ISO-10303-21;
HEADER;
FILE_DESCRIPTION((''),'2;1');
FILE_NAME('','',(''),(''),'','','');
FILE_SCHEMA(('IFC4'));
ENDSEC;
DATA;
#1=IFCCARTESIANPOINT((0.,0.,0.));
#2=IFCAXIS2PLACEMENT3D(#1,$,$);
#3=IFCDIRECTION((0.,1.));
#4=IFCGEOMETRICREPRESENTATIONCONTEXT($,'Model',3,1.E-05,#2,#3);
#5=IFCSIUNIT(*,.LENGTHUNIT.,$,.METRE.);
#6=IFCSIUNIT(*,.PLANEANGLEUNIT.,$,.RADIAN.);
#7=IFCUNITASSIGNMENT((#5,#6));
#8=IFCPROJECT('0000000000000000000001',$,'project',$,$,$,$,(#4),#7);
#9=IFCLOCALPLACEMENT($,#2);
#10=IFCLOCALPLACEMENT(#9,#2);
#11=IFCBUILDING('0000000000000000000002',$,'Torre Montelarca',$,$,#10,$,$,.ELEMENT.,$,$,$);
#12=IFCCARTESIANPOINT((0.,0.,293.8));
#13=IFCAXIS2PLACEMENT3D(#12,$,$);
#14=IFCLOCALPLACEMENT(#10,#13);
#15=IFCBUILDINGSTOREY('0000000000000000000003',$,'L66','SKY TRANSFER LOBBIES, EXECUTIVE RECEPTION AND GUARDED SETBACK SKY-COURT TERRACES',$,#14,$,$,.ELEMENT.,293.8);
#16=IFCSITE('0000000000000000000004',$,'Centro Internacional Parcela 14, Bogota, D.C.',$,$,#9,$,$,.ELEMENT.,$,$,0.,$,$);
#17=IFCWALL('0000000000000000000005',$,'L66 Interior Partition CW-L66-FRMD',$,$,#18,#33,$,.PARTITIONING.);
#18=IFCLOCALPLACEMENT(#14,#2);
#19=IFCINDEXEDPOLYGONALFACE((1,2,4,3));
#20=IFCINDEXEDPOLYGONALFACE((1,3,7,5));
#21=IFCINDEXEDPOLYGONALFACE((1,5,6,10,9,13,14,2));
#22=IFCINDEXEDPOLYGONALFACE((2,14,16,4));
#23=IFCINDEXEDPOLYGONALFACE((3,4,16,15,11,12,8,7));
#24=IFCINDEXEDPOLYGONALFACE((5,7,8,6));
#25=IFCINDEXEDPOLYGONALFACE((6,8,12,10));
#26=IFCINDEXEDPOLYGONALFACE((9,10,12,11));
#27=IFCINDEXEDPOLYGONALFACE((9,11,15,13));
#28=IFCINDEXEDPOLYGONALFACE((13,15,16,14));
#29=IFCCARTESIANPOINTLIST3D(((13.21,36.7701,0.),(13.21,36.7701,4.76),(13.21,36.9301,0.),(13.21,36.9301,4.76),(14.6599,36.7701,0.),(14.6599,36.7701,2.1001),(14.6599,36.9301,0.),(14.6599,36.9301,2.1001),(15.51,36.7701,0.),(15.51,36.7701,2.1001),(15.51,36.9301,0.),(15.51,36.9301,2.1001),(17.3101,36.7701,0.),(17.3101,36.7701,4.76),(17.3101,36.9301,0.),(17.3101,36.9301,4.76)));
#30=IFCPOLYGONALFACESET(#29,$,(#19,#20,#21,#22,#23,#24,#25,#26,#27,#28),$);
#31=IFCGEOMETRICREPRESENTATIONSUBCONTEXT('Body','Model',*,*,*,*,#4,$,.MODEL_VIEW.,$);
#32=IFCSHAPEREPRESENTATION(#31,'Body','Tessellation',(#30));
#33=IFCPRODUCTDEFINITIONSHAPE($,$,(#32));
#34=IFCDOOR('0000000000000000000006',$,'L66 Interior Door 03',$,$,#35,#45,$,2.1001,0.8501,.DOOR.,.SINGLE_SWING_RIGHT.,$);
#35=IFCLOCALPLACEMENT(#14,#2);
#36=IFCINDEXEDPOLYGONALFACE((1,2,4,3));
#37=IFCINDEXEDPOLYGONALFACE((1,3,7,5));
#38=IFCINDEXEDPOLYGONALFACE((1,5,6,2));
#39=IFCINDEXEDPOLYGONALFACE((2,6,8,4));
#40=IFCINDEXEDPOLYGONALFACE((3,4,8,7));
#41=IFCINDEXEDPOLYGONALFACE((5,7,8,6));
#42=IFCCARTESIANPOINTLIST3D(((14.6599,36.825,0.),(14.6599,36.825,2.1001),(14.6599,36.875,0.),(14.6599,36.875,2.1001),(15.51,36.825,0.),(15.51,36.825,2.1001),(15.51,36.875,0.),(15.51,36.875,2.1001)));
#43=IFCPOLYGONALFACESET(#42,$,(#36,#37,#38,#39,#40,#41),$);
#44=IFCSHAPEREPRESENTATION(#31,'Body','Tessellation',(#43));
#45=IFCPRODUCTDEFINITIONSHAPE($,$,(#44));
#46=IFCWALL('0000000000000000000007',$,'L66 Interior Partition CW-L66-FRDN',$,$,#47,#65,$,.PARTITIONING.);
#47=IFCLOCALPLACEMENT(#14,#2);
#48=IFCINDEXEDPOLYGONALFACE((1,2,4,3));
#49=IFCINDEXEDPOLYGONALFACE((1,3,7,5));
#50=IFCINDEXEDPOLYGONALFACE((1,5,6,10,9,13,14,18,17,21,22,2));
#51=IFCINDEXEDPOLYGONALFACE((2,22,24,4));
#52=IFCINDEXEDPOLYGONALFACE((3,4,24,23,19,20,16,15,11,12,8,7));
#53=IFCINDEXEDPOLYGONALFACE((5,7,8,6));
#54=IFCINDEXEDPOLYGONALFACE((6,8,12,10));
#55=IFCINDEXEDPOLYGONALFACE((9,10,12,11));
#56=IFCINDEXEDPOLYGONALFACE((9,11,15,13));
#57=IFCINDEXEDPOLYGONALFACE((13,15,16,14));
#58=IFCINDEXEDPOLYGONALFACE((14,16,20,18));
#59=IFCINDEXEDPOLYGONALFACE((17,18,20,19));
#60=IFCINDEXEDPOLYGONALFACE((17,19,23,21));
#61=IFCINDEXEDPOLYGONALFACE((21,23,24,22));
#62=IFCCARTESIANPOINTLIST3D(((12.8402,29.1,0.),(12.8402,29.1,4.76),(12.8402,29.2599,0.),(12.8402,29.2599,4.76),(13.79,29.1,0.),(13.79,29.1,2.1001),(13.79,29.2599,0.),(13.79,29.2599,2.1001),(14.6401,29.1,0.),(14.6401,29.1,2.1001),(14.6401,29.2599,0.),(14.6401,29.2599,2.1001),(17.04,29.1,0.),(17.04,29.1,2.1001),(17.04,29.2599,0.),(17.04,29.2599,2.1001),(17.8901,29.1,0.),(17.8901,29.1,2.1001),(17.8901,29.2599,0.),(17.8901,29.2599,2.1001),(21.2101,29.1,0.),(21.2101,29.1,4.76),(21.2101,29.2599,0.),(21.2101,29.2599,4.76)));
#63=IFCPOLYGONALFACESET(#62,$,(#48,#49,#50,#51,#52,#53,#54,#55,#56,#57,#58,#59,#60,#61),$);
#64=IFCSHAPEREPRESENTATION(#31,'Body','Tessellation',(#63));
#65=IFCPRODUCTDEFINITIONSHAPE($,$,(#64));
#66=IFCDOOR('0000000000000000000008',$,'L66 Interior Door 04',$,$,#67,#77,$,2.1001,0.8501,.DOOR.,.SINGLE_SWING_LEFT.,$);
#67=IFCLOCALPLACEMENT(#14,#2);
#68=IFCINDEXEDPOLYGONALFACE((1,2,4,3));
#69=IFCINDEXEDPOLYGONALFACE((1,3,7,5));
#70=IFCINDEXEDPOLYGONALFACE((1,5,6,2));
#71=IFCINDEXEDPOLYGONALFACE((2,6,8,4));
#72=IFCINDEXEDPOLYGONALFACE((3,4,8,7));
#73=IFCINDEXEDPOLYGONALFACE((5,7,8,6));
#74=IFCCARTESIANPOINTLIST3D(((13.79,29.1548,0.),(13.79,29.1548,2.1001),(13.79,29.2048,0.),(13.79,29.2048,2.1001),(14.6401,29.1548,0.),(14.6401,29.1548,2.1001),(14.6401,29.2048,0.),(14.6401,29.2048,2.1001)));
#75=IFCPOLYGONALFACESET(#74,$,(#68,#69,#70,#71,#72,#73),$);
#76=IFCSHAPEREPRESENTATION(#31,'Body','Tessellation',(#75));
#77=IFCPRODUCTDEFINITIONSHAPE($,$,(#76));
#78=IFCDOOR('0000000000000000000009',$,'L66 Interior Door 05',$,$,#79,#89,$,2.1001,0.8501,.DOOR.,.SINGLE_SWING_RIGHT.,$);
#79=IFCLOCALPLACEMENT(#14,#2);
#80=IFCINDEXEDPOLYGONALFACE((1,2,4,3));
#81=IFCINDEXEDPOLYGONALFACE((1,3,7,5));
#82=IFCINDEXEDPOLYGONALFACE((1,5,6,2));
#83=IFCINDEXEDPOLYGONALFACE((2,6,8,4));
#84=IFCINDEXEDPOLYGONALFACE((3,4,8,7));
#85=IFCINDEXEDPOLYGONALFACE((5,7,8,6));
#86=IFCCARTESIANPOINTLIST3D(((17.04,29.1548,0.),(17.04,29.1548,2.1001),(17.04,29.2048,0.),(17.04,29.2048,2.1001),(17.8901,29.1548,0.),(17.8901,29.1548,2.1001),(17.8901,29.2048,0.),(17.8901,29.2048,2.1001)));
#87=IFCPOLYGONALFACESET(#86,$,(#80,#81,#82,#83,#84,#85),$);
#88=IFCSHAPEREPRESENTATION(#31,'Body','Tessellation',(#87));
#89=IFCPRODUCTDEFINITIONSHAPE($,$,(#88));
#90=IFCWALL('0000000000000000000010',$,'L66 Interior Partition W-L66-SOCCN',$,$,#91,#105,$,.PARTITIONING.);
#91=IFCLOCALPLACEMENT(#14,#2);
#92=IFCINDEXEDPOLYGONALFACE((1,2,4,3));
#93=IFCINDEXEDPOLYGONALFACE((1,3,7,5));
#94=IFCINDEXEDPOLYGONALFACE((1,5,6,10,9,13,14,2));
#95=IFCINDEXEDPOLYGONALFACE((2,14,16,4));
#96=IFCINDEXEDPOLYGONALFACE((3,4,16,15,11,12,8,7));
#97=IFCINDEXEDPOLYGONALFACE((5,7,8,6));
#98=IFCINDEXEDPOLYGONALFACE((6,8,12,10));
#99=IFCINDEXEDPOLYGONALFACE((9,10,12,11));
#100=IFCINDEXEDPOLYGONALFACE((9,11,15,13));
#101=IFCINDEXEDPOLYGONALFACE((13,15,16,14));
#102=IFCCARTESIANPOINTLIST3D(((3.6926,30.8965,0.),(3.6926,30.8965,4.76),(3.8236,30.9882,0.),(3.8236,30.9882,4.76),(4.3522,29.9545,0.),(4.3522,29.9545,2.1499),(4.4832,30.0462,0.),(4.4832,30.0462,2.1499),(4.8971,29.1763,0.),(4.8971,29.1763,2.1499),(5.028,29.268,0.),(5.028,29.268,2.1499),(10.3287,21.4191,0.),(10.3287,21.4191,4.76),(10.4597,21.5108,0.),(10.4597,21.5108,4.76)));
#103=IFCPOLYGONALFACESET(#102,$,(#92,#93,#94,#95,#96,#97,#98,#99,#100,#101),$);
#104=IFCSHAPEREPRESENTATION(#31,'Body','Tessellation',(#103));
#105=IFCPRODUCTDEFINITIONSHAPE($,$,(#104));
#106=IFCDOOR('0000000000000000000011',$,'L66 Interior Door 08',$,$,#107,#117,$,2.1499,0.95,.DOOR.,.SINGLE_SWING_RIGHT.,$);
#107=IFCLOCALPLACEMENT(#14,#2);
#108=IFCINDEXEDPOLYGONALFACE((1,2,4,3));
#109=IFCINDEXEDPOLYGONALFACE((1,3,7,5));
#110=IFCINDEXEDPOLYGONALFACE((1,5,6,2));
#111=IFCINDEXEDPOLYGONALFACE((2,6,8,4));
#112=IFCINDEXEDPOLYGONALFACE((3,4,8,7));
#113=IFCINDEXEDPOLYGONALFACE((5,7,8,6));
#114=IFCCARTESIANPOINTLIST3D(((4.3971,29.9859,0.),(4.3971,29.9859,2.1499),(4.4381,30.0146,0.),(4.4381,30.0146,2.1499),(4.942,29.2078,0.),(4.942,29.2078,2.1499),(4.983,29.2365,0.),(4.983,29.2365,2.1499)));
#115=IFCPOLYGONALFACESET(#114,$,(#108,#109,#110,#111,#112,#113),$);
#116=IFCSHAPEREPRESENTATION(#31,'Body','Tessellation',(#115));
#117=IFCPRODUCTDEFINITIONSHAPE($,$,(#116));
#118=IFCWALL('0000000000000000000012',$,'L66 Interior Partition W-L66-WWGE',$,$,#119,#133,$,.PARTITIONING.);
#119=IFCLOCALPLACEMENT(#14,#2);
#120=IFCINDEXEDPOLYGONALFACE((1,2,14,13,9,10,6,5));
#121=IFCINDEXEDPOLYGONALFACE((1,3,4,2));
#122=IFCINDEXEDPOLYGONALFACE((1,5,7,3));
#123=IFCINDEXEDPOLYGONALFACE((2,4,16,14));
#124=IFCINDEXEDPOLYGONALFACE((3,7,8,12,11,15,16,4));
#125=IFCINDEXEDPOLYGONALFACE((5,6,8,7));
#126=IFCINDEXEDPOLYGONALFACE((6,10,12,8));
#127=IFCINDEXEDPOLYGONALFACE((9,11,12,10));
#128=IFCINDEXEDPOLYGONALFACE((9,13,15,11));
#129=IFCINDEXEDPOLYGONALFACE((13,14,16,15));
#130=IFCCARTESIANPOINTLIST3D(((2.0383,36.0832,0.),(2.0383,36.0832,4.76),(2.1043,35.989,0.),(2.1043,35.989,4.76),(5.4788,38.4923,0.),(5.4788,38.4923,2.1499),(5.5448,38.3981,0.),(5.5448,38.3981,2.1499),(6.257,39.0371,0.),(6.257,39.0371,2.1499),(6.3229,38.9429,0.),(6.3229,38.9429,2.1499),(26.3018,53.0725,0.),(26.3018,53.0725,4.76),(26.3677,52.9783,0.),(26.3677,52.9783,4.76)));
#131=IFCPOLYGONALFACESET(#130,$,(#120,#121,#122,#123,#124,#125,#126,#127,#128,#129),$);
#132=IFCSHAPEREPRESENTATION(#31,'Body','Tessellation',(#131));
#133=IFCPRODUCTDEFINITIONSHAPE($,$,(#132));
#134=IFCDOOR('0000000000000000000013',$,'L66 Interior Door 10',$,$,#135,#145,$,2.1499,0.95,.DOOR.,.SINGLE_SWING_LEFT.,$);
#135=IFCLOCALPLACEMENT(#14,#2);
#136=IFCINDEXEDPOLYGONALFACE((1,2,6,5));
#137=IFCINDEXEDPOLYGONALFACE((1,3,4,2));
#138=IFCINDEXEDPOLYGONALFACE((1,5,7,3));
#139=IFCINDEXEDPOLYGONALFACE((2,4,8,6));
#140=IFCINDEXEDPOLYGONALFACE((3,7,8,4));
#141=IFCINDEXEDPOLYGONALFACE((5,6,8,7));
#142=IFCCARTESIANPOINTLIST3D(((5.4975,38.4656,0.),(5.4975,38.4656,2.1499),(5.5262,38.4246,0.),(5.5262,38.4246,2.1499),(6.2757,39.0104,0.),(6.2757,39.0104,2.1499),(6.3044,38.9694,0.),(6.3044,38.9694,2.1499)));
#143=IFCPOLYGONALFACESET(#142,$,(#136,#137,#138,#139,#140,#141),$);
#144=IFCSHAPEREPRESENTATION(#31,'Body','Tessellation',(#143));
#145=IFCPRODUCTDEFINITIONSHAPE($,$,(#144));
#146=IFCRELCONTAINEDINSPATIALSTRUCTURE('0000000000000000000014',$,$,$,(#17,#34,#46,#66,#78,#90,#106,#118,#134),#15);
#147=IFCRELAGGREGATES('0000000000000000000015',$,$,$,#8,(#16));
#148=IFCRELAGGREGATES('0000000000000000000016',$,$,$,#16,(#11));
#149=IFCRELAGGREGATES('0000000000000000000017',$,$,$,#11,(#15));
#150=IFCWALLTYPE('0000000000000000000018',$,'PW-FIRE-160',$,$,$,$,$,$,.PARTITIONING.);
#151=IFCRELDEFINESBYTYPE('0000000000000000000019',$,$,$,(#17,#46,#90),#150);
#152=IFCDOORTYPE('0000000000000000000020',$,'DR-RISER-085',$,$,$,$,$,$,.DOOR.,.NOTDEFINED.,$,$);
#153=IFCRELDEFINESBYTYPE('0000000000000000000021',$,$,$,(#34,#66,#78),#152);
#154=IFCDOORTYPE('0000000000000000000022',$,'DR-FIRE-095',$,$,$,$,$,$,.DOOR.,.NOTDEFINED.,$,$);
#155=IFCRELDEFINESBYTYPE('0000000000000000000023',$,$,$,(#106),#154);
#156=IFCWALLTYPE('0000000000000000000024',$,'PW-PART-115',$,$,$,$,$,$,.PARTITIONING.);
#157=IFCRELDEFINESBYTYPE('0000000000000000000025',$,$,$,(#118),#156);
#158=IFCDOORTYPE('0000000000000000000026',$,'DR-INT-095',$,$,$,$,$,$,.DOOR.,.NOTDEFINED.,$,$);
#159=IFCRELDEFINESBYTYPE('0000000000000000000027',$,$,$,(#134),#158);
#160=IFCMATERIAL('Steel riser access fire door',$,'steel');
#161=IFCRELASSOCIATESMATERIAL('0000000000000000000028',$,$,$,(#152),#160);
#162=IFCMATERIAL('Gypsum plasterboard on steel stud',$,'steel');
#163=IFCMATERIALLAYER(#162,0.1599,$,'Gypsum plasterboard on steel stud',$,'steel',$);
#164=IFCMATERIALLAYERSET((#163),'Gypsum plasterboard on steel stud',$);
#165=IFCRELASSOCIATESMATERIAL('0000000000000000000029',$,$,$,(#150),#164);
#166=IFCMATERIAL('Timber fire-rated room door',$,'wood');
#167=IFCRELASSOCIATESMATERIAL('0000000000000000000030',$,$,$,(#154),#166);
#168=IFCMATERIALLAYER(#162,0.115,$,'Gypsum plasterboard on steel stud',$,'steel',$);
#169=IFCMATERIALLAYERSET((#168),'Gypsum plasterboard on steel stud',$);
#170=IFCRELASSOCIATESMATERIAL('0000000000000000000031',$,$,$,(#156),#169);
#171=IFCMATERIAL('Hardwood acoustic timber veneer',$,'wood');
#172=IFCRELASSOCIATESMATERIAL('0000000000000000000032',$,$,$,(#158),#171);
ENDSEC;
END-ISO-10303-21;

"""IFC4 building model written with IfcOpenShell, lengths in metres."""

from ifc_helpers import new_model, si_unit, direction, frame, frame_2d, origin, place, context, subcontext, project, spatial, rectangle, extrude, source, transform, mapped, material, layer, layer_set, type_object, element, fill, save


model = new_model("IFC4")

# Units and contexts
model_context = context("Model", 3, precision=1e-05, world=origin(), true_north=direction((0.0, 1.0)))
body_context = subcontext(model_context, "Body", "Model", "MODEL_VIEW")
ifc_project = project(units=[si_unit("LENGTHUNIT", "METRE"), si_unit("PLANEANGLEUNIT", "RADIAN")], contexts=[model_context])

# Site, building, storey
site_placement = place(None, origin())
site = spatial("IfcSite", under=ifc_project, at=site_placement, Name="Centro Internacional Parcela 14, Bogota, D.C.", CompositionType="ELEMENT", RefElevation=0.0)
building_placement = place(site_placement, origin())
building = spatial("IfcBuilding", under=site, at=building_placement, Name="Torre Montelarca", CompositionType="ELEMENT")
storey_placement = place(building_placement, frame((0.0, 0.0, 293.8)))
storey = spatial("IfcBuildingStorey", under=building, at=storey_placement, Name="L66", Description="SKY TRANSFER LOBBIES, EXECUTIVE RECEPTION AND GUARDED SETBACK SKY-COURT TERRACES", CompositionType="ELEMENT", Elevation=293.8)

# Shared definitions
ifc_material_1 = material(Name="Steel riser access fire door", Category="steel")
door_type_1 = type_object("IfcDoorType", Name="DR-RISER-085", OperationType="NOTDEFINED", PredefinedType="DOOR", material=ifc_material_1)
shared_shape_1 = source(origin(), body_context, "Body", "SweptSolid", [
    extrude(rectangle(XDim=0.8501, YDim=2.1001, at=frame_2d((0.425, 1.05))), frame((0.0, 0.0249, 0.0), z_axis=(0.0, -1.0, 0.0), x_axis=(1.0, 0.0, 0.0)), (0.0, 0.0, 1.0), 0.05),
])

# Shared definitions
ifc_material_2 = material(Name="Gypsum plasterboard on steel stud", Category="steel")
ifc_layer_1 = layer(ifc_material_2, 0.1599, Name="Gypsum plasterboard on steel stud", Category="steel")
ifc_layer_set_1 = layer_set([ifc_layer_1], Name="Gypsum plasterboard on steel stud")
wall_type_1 = type_object("IfcWallType", Name="PW-FIRE-160", PredefinedType="PARTITIONING", material=ifc_layer_set_1)

# Wall, opening, door
wall_1_placement = place(storey_placement, frame((13.21, 36.8501, 0.0), z_axis=(0.0, 0.0, 1.0), x_axis=(1.0, 0.0, 0.0)))
wall_1 = element("IfcWall", 1, at=wall_1_placement, inside=storey, type_object=wall_type_1, Name="L66 Interior Partition CW-L66-FRMD", PredefinedType="PARTITIONING", context=body_context, shape_type="SweptSolid", body=[
    extrude(rectangle(XDim=4.1001, YDim=0.1599, at=frame_2d((2.05, 0.0))), origin(), (0.0, 0.0, 1.0), 4.76),
])
opening_1_placement = place(wall_1_placement, frame((1.45, 0.0, 0.0)))
opening_1 = element("IfcOpeningElement", 2, at=opening_1_placement, cuts=wall_1, PredefinedType="OPENING", context=body_context, shape_type="SweptSolid", body=[
    extrude(rectangle(XDim=0.8501, YDim=2.1001, at=frame_2d((0.425, 1.05))), frame((0.0, 0.0898, 0.0), z_axis=(0.0, -1.0, 0.0), x_axis=(1.0, 0.0, 0.0)), (0.0, 0.0, 1.0), 0.1799),
])
door_1_placement = place(opening_1_placement, origin())
door_1 = element("IfcDoor", 3, at=door_1_placement, inside=storey, type_object=door_type_1, Name="L66 Interior Door 03", OperationType="SINGLE_SWING_RIGHT", OverallHeight=2.1001, OverallWidth=0.8501, PredefinedType="DOOR", context=body_context, shape_type="MappedRepresentation", body=[
    mapped(shared_shape_1, transform((0.0, 0.0, 0.0), scale=1.0)),
])
fill(opening_1, door_1)

# Wall, openings, doors
wall_2_placement = place(storey_placement, frame((12.8401, 29.1799, 0.0), z_axis=(0.0, 0.0, 1.0), x_axis=(1.0, 0.0, 0.0)))
wall_2 = element("IfcWall", 4, at=wall_2_placement, inside=storey, type_object=wall_type_1, Name="L66 Interior Partition CW-L66-FRDN", PredefinedType="PARTITIONING", context=body_context, shape_type="SweptSolid", body=[
    extrude(rectangle(XDim=8.3699, YDim=0.1599, at=frame_2d((4.1851, 0.0))), origin(), (0.0, 0.0, 1.0), 4.76),
])
opening_2_placement = place(wall_2_placement, frame((0.95, 0.0, 0.0)))
opening_2 = element("IfcOpeningElement", 5, at=opening_2_placement, cuts=wall_2, PredefinedType="OPENING", context=body_context, shape_type="SweptSolid", body=[
    extrude(rectangle(XDim=0.8501, YDim=2.1001, at=frame_2d((0.425, 1.05))), frame((0.0, 0.0898, 0.0), z_axis=(0.0, -1.0, 0.0), x_axis=(1.0, 0.0, 0.0)), (0.0, 0.0, 1.0), 0.1799),
])
opening_3_placement = place(wall_2_placement, frame((4.2, 0.0, 0.0)))
opening_3 = element("IfcOpeningElement", 6, at=opening_3_placement, cuts=wall_2, PredefinedType="OPENING", context=body_context, shape_type="SweptSolid", body=[
    extrude(rectangle(XDim=0.8501, YDim=2.1001, at=frame_2d((0.425, 1.05))), frame((0.0, 0.0898, 0.0), z_axis=(0.0, -1.0, 0.0), x_axis=(1.0, 0.0, 0.0)), (0.0, 0.0, 1.0), 0.1799),
])
door_2_placement = place(opening_2_placement, origin())
door_2 = element("IfcDoor", 7, at=door_2_placement, inside=storey, type_object=door_type_1, Name="L66 Interior Door 04", OperationType="SINGLE_SWING_LEFT", OverallHeight=2.1001, OverallWidth=0.8501, PredefinedType="DOOR", context=body_context, shape_type="MappedRepresentation", body=[
    mapped(shared_shape_1, transform((0.0, 0.0, 0.0), scale=1.0)),
])
fill(opening_2, door_2)
door_3_placement = place(opening_3_placement, origin())
door_3 = element("IfcDoor", 8, at=door_3_placement, inside=storey, type_object=door_type_1, Name="L66 Interior Door 05", OperationType="SINGLE_SWING_RIGHT", OverallHeight=2.1001, OverallWidth=0.8501, PredefinedType="DOOR", context=body_context, shape_type="MappedRepresentation", body=[
    mapped(shared_shape_1, transform((0.0, 0.0, 0.0), scale=1.0)),
])
fill(opening_3, door_3)

# Walls, openings, doors
wall_3_placement = place(storey_placement, frame((3.7581, 30.9424, 0.0), z_axis=(0.0, 0.0, 1.0), x_axis=(0.573576, -0.819153, 0.0)))
wall_3 = element("IfcWall", 9, at=wall_3_placement, inside=storey, type_object=wall_type_1, Name="L66 Interior Partition W-L66-SOCCN", PredefinedType="PARTITIONING", context=body_context, shape_type="SweptSolid", body=[
    extrude(rectangle(XDim=11.5698, YDim=0.1599, at=frame_2d((5.7849, 0.0))), origin(), (0.0, 0.0, 1.0), 4.76),
])
opening_4_placement = place(wall_3_placement, frame((1.1499, 0.0, 0.0)))
opening_4 = element("IfcOpeningElement", 10, at=opening_4_placement, cuts=wall_3, PredefinedType="OPENING", context=body_context, shape_type="SweptSolid", body=[
    extrude(rectangle(XDim=0.95, YDim=2.1499, at=frame_2d((0.4751, 1.075))), frame((0.0, 0.0898, 0.0), z_axis=(0.0, -1.0, 0.0), x_axis=(1.0, 0.0, 0.0)), (0.0, 0.0, 1.0), 0.1799),
])
ifc_material_3 = material(Name="Timber fire-rated room door", Category="wood")
door_type_2 = type_object("IfcDoorType", Name="DR-FIRE-095", OperationType="NOTDEFINED", PredefinedType="DOOR", material=ifc_material_3)
shared_shape_2 = source(origin(), body_context, "Body", "SweptSolid", [
    extrude(rectangle(XDim=0.95, YDim=2.1499, at=frame_2d((0.4751, 1.075))), frame((0.0, 0.0249, 0.0), z_axis=(0.0, -1.0, 0.0), x_axis=(1.0, 0.0, 0.0)), (0.0, 0.0, 1.0), 0.05),
])
door_4_placement = place(opening_4_placement, origin())
door_4 = element("IfcDoor", 11, at=door_4_placement, inside=storey, type_object=door_type_2, Name="L66 Interior Door 08", OperationType="SINGLE_SWING_RIGHT", OverallHeight=2.1499, OverallWidth=0.95, PredefinedType="DOOR", context=body_context, shape_type="MappedRepresentation", body=[
    mapped(shared_shape_2, transform((0.0, 0.0, 0.0), scale=1.0)),
])
fill(opening_4, door_4)
ifc_layer_2 = layer(ifc_material_2, 0.115, Name="Gypsum plasterboard on steel stud", Category="steel")
ifc_layer_set_2 = layer_set([ifc_layer_2], Name="Gypsum plasterboard on steel stud")
wall_type_2 = type_object("IfcWallType", Name="PW-PART-115", PredefinedType="PARTITIONING", material=ifc_layer_set_2)
wall_4_placement = place(storey_placement, frame((2.0713, 36.0361, 0.0), z_axis=(0.0, 0.0, 1.0), x_axis=(0.819155, 0.573572, 0.0)))
wall_4 = element("IfcWall", 12, at=wall_4_placement, inside=storey, type_object=wall_type_2, Name="L66 Interior Partition W-L66-WWGE", PredefinedType="PARTITIONING", context=body_context, shape_type="SweptSolid", body=[
    extrude(rectangle(XDim=29.6201, YDim=0.115, at=frame_2d((14.8101, 0.0))), origin(), (0.0, 0.0, 1.0), 4.76),
])
opening_5_placement = place(wall_4_placement, frame((4.2, 0.0, 0.0)))
opening_5 = element("IfcOpeningElement", 13, at=opening_5_placement, cuts=wall_4, PredefinedType="OPENING", context=body_context, shape_type="SweptSolid", body=[
    extrude(rectangle(XDim=0.95, YDim=2.1499, at=frame_2d((0.4751, 1.075))), frame((0.0, 0.0674, 0.0), z_axis=(0.0, -1.0, 0.0), x_axis=(1.0, 0.0, 0.0)), (0.0, 0.0, 1.0), 0.135),
])
ifc_material_4 = material(Name="Hardwood acoustic timber veneer", Category="wood")
door_type_3 = type_object("IfcDoorType", Name="DR-INT-095", OperationType="NOTDEFINED", PredefinedType="DOOR", material=ifc_material_4)
shared_shape_3 = source(origin(), body_context, "Body", "SweptSolid", [
    extrude(rectangle(XDim=0.95, YDim=2.1499, at=frame_2d((0.4751, 1.075))), frame((0.0, 0.0249, 0.0), z_axis=(0.0, -1.0, 0.0), x_axis=(1.0, 0.0, 0.0)), (0.0, 0.0, 1.0), 0.05),
])
door_5_placement = place(opening_5_placement, origin())
door_5 = element("IfcDoor", 14, at=door_5_placement, inside=storey, type_object=door_type_3, Name="L66 Interior Door 10", OperationType="SINGLE_SWING_LEFT", OverallHeight=2.1499, OverallWidth=0.95, PredefinedType="DOOR", context=body_context, shape_type="MappedRepresentation", body=[
    mapped(shared_shape_3, transform((0.0, 0.0, 0.0), scale=1.0)),
])
fill(opening_5, door_5)

save(model, "model.ifc")
